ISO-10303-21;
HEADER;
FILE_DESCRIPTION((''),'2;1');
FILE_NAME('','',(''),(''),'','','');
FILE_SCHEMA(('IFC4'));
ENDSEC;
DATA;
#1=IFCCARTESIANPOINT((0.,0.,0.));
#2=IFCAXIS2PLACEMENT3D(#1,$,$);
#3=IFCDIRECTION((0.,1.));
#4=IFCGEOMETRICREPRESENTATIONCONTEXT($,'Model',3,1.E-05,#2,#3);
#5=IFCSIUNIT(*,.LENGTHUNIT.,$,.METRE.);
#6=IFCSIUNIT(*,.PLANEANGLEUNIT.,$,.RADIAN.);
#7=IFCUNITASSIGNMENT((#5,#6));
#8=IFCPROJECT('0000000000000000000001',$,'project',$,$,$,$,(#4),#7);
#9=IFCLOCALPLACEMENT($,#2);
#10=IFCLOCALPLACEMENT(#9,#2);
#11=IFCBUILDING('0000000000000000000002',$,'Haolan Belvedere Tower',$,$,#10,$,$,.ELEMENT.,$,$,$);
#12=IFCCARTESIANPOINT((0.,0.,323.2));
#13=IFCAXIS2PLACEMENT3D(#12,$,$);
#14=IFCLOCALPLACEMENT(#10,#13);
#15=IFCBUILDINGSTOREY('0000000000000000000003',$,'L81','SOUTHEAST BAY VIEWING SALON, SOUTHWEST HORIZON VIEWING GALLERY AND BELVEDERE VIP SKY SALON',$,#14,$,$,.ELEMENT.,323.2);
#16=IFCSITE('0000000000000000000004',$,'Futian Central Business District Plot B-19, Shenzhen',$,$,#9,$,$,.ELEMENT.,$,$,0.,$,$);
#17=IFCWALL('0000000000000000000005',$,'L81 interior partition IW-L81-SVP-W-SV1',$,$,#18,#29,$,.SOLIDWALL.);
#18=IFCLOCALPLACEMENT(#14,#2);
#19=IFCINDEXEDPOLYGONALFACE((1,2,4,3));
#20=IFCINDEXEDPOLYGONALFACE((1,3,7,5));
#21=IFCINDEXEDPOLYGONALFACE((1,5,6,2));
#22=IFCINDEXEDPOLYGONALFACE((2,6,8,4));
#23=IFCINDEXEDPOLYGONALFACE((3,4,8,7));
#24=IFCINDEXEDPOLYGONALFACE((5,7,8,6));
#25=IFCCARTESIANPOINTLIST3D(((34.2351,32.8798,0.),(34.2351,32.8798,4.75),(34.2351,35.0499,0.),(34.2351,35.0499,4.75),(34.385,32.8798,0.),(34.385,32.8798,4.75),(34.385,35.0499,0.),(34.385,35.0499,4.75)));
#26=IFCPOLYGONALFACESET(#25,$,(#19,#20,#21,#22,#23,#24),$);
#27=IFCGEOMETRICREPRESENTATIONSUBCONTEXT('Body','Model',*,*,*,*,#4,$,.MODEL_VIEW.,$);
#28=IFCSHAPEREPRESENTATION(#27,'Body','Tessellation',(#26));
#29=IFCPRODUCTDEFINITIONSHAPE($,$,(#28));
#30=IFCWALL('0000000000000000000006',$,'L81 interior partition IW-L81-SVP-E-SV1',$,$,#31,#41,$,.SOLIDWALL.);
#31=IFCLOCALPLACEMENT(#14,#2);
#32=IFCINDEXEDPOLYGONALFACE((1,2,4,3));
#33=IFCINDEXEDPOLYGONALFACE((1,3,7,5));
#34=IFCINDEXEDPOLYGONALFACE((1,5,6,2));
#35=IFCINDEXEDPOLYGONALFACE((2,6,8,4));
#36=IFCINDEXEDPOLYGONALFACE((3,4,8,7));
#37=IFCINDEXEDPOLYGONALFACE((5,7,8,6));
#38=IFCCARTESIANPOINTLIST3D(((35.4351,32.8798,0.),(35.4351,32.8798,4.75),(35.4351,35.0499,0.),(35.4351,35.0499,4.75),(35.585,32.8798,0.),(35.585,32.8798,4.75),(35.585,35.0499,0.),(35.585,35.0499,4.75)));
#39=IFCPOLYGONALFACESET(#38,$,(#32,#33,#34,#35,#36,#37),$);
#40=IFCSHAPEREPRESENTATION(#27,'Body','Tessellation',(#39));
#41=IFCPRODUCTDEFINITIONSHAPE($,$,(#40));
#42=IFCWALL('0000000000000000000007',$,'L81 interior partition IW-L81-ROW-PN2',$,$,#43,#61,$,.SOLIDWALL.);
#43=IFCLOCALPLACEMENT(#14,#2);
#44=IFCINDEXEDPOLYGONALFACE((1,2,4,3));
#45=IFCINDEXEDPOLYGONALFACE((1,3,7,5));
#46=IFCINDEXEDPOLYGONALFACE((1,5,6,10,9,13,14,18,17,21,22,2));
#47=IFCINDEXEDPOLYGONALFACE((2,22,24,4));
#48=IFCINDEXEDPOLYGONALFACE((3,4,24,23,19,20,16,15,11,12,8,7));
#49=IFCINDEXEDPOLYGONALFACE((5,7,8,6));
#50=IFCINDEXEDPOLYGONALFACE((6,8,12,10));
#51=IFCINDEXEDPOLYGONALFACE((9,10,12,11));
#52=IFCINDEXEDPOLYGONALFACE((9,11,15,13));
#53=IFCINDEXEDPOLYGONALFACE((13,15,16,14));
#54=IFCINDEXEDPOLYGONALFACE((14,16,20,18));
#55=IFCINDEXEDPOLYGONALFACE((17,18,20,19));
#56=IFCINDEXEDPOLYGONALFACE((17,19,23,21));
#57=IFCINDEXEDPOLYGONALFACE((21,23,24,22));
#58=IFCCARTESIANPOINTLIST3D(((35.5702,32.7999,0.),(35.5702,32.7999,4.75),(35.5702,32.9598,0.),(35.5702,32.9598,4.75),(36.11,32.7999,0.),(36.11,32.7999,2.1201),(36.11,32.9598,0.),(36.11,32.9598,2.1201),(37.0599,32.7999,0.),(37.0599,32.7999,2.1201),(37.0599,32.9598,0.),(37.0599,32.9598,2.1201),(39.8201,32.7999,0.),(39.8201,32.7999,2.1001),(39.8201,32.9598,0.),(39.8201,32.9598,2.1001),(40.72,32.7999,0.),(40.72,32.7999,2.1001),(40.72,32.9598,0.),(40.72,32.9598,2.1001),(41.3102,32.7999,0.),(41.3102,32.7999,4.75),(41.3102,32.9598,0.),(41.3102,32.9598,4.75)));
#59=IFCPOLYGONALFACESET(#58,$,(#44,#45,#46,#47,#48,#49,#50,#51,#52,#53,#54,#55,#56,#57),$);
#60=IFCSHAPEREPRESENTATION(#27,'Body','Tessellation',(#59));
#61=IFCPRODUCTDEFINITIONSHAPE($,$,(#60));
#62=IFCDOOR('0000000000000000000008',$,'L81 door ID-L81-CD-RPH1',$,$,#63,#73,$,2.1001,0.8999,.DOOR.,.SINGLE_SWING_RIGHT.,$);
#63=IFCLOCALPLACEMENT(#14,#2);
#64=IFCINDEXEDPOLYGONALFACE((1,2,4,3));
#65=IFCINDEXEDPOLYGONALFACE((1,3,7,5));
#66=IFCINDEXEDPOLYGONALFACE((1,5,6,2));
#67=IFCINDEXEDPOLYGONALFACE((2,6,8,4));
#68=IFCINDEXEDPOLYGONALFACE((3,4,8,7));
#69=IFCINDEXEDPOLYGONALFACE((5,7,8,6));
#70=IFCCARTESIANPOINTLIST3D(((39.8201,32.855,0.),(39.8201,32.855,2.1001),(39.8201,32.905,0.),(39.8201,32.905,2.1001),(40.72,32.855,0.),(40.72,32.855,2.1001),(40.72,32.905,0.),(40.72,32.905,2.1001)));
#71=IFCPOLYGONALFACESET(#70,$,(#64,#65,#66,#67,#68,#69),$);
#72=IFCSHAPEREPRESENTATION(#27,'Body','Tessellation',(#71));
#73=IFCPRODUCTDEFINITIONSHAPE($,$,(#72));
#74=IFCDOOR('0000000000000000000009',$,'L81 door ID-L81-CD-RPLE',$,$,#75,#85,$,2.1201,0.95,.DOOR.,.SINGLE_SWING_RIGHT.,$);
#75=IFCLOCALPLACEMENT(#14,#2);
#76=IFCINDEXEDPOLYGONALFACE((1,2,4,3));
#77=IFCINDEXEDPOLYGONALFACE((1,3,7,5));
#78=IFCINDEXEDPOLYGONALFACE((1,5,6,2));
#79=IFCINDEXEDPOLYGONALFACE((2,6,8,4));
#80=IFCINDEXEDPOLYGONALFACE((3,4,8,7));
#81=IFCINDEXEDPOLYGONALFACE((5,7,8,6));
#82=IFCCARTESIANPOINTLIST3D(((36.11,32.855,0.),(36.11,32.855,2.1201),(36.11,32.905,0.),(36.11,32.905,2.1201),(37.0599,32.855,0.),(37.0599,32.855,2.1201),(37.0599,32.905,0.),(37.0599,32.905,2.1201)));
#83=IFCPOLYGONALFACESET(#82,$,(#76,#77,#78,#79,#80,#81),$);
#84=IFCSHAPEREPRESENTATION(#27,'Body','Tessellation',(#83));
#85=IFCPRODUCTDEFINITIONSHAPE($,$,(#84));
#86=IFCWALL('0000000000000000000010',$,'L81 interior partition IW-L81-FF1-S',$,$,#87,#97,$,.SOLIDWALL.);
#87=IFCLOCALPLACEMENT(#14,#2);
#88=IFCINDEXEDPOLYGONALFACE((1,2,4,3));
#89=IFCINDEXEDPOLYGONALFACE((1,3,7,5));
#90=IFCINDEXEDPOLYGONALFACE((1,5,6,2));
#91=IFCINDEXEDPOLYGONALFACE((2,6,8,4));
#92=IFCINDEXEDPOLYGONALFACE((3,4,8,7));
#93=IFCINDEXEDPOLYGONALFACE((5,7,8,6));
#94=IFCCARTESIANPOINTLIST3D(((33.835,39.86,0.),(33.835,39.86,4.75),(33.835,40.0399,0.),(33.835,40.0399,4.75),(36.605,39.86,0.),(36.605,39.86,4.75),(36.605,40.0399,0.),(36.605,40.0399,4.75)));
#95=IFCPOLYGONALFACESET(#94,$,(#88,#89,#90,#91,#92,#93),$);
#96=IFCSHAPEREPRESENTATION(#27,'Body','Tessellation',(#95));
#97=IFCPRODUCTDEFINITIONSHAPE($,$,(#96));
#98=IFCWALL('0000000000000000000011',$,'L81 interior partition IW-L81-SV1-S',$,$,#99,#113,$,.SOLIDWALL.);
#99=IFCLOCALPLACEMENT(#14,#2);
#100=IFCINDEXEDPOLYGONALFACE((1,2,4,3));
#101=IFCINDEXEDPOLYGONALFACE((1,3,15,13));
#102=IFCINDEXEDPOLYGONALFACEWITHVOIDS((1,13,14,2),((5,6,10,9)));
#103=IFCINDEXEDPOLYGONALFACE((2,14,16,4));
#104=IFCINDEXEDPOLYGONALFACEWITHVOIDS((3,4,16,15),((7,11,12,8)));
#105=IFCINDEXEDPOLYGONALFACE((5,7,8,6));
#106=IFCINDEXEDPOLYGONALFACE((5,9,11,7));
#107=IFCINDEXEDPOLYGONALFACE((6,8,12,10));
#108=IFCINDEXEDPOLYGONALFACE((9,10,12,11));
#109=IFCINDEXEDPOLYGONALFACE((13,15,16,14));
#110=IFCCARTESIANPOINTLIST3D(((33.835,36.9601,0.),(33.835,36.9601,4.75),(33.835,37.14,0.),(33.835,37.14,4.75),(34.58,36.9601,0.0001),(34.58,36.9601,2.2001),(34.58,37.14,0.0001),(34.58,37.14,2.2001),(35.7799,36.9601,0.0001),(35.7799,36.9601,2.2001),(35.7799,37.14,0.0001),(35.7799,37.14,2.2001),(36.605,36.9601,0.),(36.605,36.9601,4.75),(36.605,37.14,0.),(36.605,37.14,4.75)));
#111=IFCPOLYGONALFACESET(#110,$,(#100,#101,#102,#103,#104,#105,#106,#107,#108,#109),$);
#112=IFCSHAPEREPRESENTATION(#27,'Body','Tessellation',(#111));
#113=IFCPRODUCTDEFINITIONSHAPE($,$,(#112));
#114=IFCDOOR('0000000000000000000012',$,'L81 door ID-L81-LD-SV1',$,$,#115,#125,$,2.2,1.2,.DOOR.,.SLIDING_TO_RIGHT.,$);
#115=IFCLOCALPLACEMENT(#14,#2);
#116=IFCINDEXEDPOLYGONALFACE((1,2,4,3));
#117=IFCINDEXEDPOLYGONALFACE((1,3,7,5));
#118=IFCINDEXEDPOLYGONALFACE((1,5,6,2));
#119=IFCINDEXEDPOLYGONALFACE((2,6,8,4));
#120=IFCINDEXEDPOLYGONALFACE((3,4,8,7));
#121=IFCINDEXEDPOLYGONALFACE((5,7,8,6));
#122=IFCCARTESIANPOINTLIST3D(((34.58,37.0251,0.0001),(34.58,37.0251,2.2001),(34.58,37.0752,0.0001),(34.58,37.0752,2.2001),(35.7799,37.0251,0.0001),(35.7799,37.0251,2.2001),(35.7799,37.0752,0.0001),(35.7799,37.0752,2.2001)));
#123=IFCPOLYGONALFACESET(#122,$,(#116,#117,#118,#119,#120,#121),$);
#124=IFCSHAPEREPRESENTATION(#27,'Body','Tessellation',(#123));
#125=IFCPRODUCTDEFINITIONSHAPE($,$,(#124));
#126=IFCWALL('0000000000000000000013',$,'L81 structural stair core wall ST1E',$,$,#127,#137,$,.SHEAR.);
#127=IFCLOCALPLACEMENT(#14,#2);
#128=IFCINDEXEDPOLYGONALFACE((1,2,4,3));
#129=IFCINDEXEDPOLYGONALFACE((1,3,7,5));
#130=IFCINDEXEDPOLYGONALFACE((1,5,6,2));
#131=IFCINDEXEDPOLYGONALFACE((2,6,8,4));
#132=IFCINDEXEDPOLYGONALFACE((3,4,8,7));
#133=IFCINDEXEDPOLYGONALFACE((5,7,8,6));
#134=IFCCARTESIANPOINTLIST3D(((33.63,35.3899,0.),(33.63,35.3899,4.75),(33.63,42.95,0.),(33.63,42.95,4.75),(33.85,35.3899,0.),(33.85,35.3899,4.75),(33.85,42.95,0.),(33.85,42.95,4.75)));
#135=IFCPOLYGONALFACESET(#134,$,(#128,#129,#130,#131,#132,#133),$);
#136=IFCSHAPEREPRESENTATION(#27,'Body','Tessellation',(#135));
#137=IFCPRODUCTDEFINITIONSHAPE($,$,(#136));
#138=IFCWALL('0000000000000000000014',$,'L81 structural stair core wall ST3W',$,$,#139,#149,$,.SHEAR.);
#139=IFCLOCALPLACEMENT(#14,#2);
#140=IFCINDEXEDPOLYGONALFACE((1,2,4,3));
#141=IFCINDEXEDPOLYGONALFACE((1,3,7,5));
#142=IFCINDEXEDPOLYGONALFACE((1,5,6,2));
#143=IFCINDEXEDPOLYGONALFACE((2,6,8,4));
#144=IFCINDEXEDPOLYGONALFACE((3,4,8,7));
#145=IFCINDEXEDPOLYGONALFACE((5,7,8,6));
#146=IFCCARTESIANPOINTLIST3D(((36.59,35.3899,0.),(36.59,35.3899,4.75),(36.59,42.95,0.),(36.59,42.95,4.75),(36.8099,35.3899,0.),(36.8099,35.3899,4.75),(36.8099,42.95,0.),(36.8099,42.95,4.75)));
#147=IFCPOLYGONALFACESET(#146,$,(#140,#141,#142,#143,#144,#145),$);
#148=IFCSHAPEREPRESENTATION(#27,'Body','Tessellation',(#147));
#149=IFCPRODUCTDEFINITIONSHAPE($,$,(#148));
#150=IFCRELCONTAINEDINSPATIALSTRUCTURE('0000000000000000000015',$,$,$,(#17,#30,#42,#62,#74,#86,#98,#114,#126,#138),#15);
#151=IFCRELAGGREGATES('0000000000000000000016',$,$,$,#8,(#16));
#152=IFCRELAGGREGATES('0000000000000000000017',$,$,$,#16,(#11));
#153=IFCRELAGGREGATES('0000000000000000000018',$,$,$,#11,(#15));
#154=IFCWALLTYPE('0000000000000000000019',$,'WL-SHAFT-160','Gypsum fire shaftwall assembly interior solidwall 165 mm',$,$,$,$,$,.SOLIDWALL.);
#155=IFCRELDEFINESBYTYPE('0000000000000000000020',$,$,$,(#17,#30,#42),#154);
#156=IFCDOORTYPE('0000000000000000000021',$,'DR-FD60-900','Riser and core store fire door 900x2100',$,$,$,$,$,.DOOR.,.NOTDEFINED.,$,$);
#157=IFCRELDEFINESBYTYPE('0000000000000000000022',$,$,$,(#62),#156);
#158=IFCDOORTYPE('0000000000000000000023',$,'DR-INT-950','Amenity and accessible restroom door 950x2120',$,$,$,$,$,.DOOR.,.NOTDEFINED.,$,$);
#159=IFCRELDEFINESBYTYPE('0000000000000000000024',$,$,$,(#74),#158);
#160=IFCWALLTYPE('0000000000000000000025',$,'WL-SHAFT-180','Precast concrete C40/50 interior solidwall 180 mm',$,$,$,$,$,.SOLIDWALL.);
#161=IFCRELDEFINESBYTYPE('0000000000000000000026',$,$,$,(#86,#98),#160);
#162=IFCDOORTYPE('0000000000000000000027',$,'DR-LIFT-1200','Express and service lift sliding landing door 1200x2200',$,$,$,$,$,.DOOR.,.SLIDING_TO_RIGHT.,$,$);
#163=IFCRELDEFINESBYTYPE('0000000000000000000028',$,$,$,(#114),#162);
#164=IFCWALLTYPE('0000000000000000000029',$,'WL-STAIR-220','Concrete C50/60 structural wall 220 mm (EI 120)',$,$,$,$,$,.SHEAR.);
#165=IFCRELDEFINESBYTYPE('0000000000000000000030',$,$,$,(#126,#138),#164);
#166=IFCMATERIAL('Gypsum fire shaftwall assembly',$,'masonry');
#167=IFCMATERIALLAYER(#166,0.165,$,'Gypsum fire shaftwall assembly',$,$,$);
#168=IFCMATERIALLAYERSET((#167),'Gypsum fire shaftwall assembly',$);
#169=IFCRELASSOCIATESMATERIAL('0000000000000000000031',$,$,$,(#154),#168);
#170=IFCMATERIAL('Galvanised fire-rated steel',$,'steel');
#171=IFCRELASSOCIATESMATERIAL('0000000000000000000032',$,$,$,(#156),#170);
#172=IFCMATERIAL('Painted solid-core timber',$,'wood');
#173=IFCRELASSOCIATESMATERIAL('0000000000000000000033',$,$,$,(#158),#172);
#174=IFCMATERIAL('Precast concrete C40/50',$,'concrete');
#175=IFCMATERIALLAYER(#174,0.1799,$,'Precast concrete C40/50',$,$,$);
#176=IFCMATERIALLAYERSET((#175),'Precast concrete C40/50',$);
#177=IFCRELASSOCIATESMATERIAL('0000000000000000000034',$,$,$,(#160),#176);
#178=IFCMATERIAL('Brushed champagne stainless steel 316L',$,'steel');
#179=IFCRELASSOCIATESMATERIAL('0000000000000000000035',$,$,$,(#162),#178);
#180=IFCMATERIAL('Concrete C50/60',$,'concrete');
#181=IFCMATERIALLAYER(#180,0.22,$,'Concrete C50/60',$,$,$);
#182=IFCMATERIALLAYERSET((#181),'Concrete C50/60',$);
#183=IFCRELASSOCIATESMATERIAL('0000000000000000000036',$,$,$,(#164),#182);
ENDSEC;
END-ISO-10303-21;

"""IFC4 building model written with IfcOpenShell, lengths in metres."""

from ifc_helpers import new_model, si_unit, direction, frame, frame_2d, origin, place, context, subcontext, project, spatial, rectangle, extrude, material, layer, layer_set, type_object, element, fill, save


model = new_model("IFC4")

# Units and contexts
model_context = context("Model", 3, precision=1e-05, world=origin(), true_north=direction((0.0, 1.0)))
body_context = subcontext(model_context, "Body", "Model", "MODEL_VIEW")
ifc_project = project(units=[si_unit("LENGTHUNIT", "METRE"), si_unit("PLANEANGLEUNIT", "RADIAN")], contexts=[model_context])

# Site, building, storey
site_placement = place(None, origin())
site = spatial("IfcSite", under=ifc_project, at=site_placement, Name="Futian Central Business District Plot B-19, Shenzhen", CompositionType="ELEMENT", RefElevation=0.0)
building_placement = place(site_placement, origin())
building = spatial("IfcBuilding", under=site, at=building_placement, Name="Haolan Belvedere Tower", CompositionType="ELEMENT")
storey_placement = place(building_placement, frame((0.0, 0.0, 323.2)))
storey = spatial("IfcBuildingStorey", under=building, at=storey_placement, Name="L81", Description="SOUTHEAST BAY VIEWING SALON, SOUTHWEST HORIZON VIEWING GALLERY AND BELVEDERE VIP SKY SALON", CompositionType="ELEMENT", Elevation=323.2)

# Walls
ifc_material_1 = material(Name="Gypsum fire shaftwall assembly", Category="masonry")
ifc_layer_1 = layer(ifc_material_1, 0.165, Name="Gypsum fire shaftwall assembly")
ifc_layer_set_1 = layer_set([ifc_layer_1], Name="Gypsum fire shaftwall assembly")
wall_type_1 = type_object("IfcWallType", Name="WL-SHAFT-160", Description="Gypsum fire shaftwall assembly interior solidwall 165 mm", PredefinedType="SOLIDWALL", material=ifc_layer_set_1)
for number, where, z_axis, x_axis, name in (
    (1, (34.3101, 32.8799, 0.0), (0.0, 0.0, 1.0), (0.0, 1.0, 0.0), "L81 interior partition IW-L81-SVP-W-SV1"),
    (2, (35.51, 32.8799, 0.0), (0.0, 0.0, 1.0), (0.0, 1.0, 0.0), "L81 interior partition IW-L81-SVP-E-SV1"),
):
    element("IfcWall", number, at=place(storey_placement, frame(where, z_axis=z_axis, x_axis=x_axis)), inside=storey, type_object=wall_type_1, Name=name, PredefinedType="SOLIDWALL", context=body_context, shape_type="SweptSolid", body=[
        extrude(rectangle(XDim=2.1702, YDim=0.1499, at=frame_2d((1.085, 0.0))), origin(), (0.0, 0.0, 1.0), 4.75),
    ])

# Wall, openings, doors
wall_1_placement = place(storey_placement, frame((35.5701, 32.8799, 0.0), z_axis=(0.0, 0.0, 1.0), x_axis=(1.0, 0.0, 0.0)))
wall_1 = element("IfcWall", 3, at=wall_1_placement, inside=storey, type_object=wall_type_1, Name="L81 interior partition IW-L81-ROW-PN2", PredefinedType="SOLIDWALL", context=body_context, shape_type="SweptSolid", body=[
    extrude(rectangle(XDim=5.74, YDim=0.1599, at=frame_2d((2.8701, 0.0))), origin(), (0.0, 0.0, 1.0), 4.75),
])
opening_1_placement = place(wall_1_placement, frame((1.49, 0.0, 0.0), z_axis=(0.0, 0.0, 1.0), x_axis=(-1.0, 0.0, 0.0)))
opening_1 = element("IfcOpeningElement", 4, at=opening_1_placement, cuts=wall_1, PredefinedType="OPENING", context=body_context, shape_type="SweptSolid", body=[
    extrude(rectangle(XDim=0.95, YDim=2.1201, at=frame_2d((0.4751, 1.0601))), frame((0.0, 0.0898, 0.0), z_axis=(0.0, -1.0, 0.0), x_axis=(1.0, 0.0, 0.0)), (0.0, 0.0, 1.0), 0.1799),
])
opening_2_placement = place(wall_1_placement, frame((5.1499, 0.0, 0.0), z_axis=(0.0, 0.0, 1.0), x_axis=(-1.0, 0.0, 0.0)))
opening_2 = element("IfcOpeningElement", 5, at=opening_2_placement, cuts=wall_1, PredefinedType="OPENING", context=body_context, shape_type="SweptSolid", body=[
    extrude(rectangle(XDim=0.8999, YDim=2.1001, at=frame_2d((0.45, 1.05))), frame((0.0, 0.0898, 0.0), z_axis=(0.0, -1.0, 0.0), x_axis=(1.0, 0.0, 0.0)), (0.0, 0.0, 1.0), 0.1799),
])
ifc_material_2 = material(Name="Galvanised fire-rated steel", Category="steel")
door_type_1 = type_object("IfcDoorType", Name="DR-FD60-900", Description="Riser and core store fire door 900x2100", OperationType="NOTDEFINED", PredefinedType="DOOR", material=ifc_material_2)
door_1_placement = place(opening_2_placement, origin())
door_1 = element("IfcDoor", 6, at=door_1_placement, inside=storey, type_object=door_type_1, Name="L81 door ID-L81-CD-RPH1", OperationType="SINGLE_SWING_RIGHT", OverallHeight=2.1001, OverallWidth=0.8999, PredefinedType="DOOR", context=body_context, shape_type="SweptSolid", body=[
    extrude(rectangle(XDim=0.8999, YDim=2.1001, at=frame_2d((0.45, 1.05))), frame((0.0, 0.0249, 0.0), z_axis=(0.0, -1.0, 0.0), x_axis=(1.0, 0.0, 0.0)), (0.0, 0.0, 1.0), 0.05),
])
fill(opening_2, door_1)
ifc_material_3 = material(Name="Painted solid-core timber", Category="wood")
door_type_2 = type_object("IfcDoorType", Name="DR-INT-950", Description="Amenity and accessible restroom door 950x2120", OperationType="NOTDEFINED", PredefinedType="DOOR", material=ifc_material_3)
door_2_placement = place(opening_1_placement, origin())
door_2 = element("IfcDoor", 7, at=door_2_placement, inside=storey, type_object=door_type_2, Name="L81 door ID-L81-CD-RPLE", OperationType="SINGLE_SWING_RIGHT", OverallHeight=2.1201, OverallWidth=0.95, PredefinedType="DOOR", context=body_context, shape_type="SweptSolid", body=[
    extrude(rectangle(XDim=0.95, YDim=2.1201, at=frame_2d((0.4751, 1.0601))), frame((0.0, 0.0249, 0.0), z_axis=(0.0, -1.0, 0.0), x_axis=(1.0, 0.0, 0.0)), (0.0, 0.0, 1.0), 0.05),
])
fill(opening_1, door_2)

# Wall
ifc_material_4 = material(Name="Precast concrete C40/50", Category="concrete")
ifc_layer_2 = layer(ifc_material_4, 0.1799, Name="Precast concrete C40/50")
ifc_layer_set_2 = layer_set([ifc_layer_2], Name="Precast concrete C40/50")
wall_type_2 = type_object("IfcWallType", Name="WL-SHAFT-180", Description="Precast concrete C40/50 interior solidwall 180 mm", PredefinedType="SOLIDWALL", material=ifc_layer_set_2)
wall_2_placement = place(storey_placement, frame((33.835, 39.95, 0.0), z_axis=(0.0, 0.0, 1.0), x_axis=(1.0, 0.0, 0.0)))
element("IfcWall", 8, at=wall_2_placement, inside=storey, type_object=wall_type_2, Name="L81 interior partition IW-L81-FF1-S", PredefinedType="SOLIDWALL", context=body_context, shape_type="SweptSolid", body=[
    extrude(rectangle(XDim=2.77, YDim=0.1799, at=frame_2d((1.385, 0.0))), origin(), (0.0, 0.0, 1.0), 4.75),
])

# Wall, opening, door
wall_3_placement = place(storey_placement, frame((33.835, 37.05, 0.0), z_axis=(0.0, 0.0, 1.0), x_axis=(1.0, 0.0, 0.0)))
wall_3 = element("IfcWall", 9, at=wall_3_placement, inside=storey, type_object=wall_type_2, Name="L81 interior partition IW-L81-SV1-S", PredefinedType="SOLIDWALL", context=body_context, shape_type="SweptSolid", body=[
    extrude(rectangle(XDim=2.77, YDim=0.1799, at=frame_2d((1.385, 0.0))), origin(), (0.0, 0.0, 1.0), 4.75),
])
opening_3_placement = place(wall_3_placement, frame((1.9451, 0.0, 0.0), z_axis=(0.0, 0.0, 1.0), x_axis=(-1.0, 0.0, 0.0)))
opening_3 = element("IfcOpeningElement", 10, at=opening_3_placement, cuts=wall_3, PredefinedType="OPENING", context=body_context, shape_type="SweptSolid", body=[
    extrude(rectangle(XDim=1.2, YDim=2.2, at=frame_2d((0.6001, 1.1001))), frame((0.0, 0.0999, 0.0), z_axis=(0.0, -1.0, 0.0), x_axis=(1.0, 0.0, 0.0)), (0.0, 0.0, 1.0), 0.2),
])
ifc_material_5 = material(Name="Brushed champagne stainless steel 316L", Category="steel")
door_type_3 = type_object("IfcDoorType", Name="DR-LIFT-1200", Description="Express and service lift sliding landing door 1200x2200", OperationType="SLIDING_TO_RIGHT", PredefinedType="DOOR", material=ifc_material_5)
door_3_placement = place(opening_3_placement, origin())
door_3 = element("IfcDoor", 11, at=door_3_placement, inside=storey, type_object=door_type_3, Name="L81 door ID-L81-LD-SV1", OperationType="SLIDING_TO_RIGHT", OverallHeight=2.2, OverallWidth=1.2, PredefinedType="DOOR", context=body_context, shape_type="SweptSolid", body=[
    extrude(rectangle(XDim=1.2, YDim=2.2, at=frame_2d((0.6001, 1.1001))), frame((0.0, 0.0249, 0.0), z_axis=(0.0, -1.0, 0.0), x_axis=(1.0, 0.0, 0.0)), (0.0, 0.0, 1.0), 0.05),
])
fill(opening_3, door_3)

# Walls
ifc_material_6 = material(Name="Concrete C50/60", Category="concrete")
ifc_layer_3 = layer(ifc_material_6, 0.22, Name="Concrete C50/60")
ifc_layer_set_3 = layer_set([ifc_layer_3], Name="Concrete C50/60")
wall_type_3 = type_object("IfcWallType", Name="WL-STAIR-220", Description="Concrete C50/60 structural wall 220 mm (EI 120)", PredefinedType="SHEAR", material=ifc_layer_set_3)
for number, where, z_axis, x_axis, name in (
    (12, (33.74, 35.3899, 0.0), (0.0, 0.0, 1.0), (0.0, 1.0, 0.0), "L81 structural stair core wall ST1E"),
    (13, (36.7, 35.3899, 0.0), (0.0, 0.0, 1.0), (0.0, 1.0, 0.0), "L81 structural stair core wall ST3W"),
):
    element("IfcWall", number, at=place(storey_placement, frame(where, z_axis=z_axis, x_axis=x_axis)), inside=storey, type_object=wall_type_3, Name=name, PredefinedType="SHEAR", context=body_context, shape_type="SweptSolid", body=[
        extrude(rectangle(XDim=7.5601, YDim=0.22, at=frame_2d((3.78, 0.0))), origin(), (0.0, 0.0, 1.0), 4.75),
    ])

save(model, "model.ifc")
